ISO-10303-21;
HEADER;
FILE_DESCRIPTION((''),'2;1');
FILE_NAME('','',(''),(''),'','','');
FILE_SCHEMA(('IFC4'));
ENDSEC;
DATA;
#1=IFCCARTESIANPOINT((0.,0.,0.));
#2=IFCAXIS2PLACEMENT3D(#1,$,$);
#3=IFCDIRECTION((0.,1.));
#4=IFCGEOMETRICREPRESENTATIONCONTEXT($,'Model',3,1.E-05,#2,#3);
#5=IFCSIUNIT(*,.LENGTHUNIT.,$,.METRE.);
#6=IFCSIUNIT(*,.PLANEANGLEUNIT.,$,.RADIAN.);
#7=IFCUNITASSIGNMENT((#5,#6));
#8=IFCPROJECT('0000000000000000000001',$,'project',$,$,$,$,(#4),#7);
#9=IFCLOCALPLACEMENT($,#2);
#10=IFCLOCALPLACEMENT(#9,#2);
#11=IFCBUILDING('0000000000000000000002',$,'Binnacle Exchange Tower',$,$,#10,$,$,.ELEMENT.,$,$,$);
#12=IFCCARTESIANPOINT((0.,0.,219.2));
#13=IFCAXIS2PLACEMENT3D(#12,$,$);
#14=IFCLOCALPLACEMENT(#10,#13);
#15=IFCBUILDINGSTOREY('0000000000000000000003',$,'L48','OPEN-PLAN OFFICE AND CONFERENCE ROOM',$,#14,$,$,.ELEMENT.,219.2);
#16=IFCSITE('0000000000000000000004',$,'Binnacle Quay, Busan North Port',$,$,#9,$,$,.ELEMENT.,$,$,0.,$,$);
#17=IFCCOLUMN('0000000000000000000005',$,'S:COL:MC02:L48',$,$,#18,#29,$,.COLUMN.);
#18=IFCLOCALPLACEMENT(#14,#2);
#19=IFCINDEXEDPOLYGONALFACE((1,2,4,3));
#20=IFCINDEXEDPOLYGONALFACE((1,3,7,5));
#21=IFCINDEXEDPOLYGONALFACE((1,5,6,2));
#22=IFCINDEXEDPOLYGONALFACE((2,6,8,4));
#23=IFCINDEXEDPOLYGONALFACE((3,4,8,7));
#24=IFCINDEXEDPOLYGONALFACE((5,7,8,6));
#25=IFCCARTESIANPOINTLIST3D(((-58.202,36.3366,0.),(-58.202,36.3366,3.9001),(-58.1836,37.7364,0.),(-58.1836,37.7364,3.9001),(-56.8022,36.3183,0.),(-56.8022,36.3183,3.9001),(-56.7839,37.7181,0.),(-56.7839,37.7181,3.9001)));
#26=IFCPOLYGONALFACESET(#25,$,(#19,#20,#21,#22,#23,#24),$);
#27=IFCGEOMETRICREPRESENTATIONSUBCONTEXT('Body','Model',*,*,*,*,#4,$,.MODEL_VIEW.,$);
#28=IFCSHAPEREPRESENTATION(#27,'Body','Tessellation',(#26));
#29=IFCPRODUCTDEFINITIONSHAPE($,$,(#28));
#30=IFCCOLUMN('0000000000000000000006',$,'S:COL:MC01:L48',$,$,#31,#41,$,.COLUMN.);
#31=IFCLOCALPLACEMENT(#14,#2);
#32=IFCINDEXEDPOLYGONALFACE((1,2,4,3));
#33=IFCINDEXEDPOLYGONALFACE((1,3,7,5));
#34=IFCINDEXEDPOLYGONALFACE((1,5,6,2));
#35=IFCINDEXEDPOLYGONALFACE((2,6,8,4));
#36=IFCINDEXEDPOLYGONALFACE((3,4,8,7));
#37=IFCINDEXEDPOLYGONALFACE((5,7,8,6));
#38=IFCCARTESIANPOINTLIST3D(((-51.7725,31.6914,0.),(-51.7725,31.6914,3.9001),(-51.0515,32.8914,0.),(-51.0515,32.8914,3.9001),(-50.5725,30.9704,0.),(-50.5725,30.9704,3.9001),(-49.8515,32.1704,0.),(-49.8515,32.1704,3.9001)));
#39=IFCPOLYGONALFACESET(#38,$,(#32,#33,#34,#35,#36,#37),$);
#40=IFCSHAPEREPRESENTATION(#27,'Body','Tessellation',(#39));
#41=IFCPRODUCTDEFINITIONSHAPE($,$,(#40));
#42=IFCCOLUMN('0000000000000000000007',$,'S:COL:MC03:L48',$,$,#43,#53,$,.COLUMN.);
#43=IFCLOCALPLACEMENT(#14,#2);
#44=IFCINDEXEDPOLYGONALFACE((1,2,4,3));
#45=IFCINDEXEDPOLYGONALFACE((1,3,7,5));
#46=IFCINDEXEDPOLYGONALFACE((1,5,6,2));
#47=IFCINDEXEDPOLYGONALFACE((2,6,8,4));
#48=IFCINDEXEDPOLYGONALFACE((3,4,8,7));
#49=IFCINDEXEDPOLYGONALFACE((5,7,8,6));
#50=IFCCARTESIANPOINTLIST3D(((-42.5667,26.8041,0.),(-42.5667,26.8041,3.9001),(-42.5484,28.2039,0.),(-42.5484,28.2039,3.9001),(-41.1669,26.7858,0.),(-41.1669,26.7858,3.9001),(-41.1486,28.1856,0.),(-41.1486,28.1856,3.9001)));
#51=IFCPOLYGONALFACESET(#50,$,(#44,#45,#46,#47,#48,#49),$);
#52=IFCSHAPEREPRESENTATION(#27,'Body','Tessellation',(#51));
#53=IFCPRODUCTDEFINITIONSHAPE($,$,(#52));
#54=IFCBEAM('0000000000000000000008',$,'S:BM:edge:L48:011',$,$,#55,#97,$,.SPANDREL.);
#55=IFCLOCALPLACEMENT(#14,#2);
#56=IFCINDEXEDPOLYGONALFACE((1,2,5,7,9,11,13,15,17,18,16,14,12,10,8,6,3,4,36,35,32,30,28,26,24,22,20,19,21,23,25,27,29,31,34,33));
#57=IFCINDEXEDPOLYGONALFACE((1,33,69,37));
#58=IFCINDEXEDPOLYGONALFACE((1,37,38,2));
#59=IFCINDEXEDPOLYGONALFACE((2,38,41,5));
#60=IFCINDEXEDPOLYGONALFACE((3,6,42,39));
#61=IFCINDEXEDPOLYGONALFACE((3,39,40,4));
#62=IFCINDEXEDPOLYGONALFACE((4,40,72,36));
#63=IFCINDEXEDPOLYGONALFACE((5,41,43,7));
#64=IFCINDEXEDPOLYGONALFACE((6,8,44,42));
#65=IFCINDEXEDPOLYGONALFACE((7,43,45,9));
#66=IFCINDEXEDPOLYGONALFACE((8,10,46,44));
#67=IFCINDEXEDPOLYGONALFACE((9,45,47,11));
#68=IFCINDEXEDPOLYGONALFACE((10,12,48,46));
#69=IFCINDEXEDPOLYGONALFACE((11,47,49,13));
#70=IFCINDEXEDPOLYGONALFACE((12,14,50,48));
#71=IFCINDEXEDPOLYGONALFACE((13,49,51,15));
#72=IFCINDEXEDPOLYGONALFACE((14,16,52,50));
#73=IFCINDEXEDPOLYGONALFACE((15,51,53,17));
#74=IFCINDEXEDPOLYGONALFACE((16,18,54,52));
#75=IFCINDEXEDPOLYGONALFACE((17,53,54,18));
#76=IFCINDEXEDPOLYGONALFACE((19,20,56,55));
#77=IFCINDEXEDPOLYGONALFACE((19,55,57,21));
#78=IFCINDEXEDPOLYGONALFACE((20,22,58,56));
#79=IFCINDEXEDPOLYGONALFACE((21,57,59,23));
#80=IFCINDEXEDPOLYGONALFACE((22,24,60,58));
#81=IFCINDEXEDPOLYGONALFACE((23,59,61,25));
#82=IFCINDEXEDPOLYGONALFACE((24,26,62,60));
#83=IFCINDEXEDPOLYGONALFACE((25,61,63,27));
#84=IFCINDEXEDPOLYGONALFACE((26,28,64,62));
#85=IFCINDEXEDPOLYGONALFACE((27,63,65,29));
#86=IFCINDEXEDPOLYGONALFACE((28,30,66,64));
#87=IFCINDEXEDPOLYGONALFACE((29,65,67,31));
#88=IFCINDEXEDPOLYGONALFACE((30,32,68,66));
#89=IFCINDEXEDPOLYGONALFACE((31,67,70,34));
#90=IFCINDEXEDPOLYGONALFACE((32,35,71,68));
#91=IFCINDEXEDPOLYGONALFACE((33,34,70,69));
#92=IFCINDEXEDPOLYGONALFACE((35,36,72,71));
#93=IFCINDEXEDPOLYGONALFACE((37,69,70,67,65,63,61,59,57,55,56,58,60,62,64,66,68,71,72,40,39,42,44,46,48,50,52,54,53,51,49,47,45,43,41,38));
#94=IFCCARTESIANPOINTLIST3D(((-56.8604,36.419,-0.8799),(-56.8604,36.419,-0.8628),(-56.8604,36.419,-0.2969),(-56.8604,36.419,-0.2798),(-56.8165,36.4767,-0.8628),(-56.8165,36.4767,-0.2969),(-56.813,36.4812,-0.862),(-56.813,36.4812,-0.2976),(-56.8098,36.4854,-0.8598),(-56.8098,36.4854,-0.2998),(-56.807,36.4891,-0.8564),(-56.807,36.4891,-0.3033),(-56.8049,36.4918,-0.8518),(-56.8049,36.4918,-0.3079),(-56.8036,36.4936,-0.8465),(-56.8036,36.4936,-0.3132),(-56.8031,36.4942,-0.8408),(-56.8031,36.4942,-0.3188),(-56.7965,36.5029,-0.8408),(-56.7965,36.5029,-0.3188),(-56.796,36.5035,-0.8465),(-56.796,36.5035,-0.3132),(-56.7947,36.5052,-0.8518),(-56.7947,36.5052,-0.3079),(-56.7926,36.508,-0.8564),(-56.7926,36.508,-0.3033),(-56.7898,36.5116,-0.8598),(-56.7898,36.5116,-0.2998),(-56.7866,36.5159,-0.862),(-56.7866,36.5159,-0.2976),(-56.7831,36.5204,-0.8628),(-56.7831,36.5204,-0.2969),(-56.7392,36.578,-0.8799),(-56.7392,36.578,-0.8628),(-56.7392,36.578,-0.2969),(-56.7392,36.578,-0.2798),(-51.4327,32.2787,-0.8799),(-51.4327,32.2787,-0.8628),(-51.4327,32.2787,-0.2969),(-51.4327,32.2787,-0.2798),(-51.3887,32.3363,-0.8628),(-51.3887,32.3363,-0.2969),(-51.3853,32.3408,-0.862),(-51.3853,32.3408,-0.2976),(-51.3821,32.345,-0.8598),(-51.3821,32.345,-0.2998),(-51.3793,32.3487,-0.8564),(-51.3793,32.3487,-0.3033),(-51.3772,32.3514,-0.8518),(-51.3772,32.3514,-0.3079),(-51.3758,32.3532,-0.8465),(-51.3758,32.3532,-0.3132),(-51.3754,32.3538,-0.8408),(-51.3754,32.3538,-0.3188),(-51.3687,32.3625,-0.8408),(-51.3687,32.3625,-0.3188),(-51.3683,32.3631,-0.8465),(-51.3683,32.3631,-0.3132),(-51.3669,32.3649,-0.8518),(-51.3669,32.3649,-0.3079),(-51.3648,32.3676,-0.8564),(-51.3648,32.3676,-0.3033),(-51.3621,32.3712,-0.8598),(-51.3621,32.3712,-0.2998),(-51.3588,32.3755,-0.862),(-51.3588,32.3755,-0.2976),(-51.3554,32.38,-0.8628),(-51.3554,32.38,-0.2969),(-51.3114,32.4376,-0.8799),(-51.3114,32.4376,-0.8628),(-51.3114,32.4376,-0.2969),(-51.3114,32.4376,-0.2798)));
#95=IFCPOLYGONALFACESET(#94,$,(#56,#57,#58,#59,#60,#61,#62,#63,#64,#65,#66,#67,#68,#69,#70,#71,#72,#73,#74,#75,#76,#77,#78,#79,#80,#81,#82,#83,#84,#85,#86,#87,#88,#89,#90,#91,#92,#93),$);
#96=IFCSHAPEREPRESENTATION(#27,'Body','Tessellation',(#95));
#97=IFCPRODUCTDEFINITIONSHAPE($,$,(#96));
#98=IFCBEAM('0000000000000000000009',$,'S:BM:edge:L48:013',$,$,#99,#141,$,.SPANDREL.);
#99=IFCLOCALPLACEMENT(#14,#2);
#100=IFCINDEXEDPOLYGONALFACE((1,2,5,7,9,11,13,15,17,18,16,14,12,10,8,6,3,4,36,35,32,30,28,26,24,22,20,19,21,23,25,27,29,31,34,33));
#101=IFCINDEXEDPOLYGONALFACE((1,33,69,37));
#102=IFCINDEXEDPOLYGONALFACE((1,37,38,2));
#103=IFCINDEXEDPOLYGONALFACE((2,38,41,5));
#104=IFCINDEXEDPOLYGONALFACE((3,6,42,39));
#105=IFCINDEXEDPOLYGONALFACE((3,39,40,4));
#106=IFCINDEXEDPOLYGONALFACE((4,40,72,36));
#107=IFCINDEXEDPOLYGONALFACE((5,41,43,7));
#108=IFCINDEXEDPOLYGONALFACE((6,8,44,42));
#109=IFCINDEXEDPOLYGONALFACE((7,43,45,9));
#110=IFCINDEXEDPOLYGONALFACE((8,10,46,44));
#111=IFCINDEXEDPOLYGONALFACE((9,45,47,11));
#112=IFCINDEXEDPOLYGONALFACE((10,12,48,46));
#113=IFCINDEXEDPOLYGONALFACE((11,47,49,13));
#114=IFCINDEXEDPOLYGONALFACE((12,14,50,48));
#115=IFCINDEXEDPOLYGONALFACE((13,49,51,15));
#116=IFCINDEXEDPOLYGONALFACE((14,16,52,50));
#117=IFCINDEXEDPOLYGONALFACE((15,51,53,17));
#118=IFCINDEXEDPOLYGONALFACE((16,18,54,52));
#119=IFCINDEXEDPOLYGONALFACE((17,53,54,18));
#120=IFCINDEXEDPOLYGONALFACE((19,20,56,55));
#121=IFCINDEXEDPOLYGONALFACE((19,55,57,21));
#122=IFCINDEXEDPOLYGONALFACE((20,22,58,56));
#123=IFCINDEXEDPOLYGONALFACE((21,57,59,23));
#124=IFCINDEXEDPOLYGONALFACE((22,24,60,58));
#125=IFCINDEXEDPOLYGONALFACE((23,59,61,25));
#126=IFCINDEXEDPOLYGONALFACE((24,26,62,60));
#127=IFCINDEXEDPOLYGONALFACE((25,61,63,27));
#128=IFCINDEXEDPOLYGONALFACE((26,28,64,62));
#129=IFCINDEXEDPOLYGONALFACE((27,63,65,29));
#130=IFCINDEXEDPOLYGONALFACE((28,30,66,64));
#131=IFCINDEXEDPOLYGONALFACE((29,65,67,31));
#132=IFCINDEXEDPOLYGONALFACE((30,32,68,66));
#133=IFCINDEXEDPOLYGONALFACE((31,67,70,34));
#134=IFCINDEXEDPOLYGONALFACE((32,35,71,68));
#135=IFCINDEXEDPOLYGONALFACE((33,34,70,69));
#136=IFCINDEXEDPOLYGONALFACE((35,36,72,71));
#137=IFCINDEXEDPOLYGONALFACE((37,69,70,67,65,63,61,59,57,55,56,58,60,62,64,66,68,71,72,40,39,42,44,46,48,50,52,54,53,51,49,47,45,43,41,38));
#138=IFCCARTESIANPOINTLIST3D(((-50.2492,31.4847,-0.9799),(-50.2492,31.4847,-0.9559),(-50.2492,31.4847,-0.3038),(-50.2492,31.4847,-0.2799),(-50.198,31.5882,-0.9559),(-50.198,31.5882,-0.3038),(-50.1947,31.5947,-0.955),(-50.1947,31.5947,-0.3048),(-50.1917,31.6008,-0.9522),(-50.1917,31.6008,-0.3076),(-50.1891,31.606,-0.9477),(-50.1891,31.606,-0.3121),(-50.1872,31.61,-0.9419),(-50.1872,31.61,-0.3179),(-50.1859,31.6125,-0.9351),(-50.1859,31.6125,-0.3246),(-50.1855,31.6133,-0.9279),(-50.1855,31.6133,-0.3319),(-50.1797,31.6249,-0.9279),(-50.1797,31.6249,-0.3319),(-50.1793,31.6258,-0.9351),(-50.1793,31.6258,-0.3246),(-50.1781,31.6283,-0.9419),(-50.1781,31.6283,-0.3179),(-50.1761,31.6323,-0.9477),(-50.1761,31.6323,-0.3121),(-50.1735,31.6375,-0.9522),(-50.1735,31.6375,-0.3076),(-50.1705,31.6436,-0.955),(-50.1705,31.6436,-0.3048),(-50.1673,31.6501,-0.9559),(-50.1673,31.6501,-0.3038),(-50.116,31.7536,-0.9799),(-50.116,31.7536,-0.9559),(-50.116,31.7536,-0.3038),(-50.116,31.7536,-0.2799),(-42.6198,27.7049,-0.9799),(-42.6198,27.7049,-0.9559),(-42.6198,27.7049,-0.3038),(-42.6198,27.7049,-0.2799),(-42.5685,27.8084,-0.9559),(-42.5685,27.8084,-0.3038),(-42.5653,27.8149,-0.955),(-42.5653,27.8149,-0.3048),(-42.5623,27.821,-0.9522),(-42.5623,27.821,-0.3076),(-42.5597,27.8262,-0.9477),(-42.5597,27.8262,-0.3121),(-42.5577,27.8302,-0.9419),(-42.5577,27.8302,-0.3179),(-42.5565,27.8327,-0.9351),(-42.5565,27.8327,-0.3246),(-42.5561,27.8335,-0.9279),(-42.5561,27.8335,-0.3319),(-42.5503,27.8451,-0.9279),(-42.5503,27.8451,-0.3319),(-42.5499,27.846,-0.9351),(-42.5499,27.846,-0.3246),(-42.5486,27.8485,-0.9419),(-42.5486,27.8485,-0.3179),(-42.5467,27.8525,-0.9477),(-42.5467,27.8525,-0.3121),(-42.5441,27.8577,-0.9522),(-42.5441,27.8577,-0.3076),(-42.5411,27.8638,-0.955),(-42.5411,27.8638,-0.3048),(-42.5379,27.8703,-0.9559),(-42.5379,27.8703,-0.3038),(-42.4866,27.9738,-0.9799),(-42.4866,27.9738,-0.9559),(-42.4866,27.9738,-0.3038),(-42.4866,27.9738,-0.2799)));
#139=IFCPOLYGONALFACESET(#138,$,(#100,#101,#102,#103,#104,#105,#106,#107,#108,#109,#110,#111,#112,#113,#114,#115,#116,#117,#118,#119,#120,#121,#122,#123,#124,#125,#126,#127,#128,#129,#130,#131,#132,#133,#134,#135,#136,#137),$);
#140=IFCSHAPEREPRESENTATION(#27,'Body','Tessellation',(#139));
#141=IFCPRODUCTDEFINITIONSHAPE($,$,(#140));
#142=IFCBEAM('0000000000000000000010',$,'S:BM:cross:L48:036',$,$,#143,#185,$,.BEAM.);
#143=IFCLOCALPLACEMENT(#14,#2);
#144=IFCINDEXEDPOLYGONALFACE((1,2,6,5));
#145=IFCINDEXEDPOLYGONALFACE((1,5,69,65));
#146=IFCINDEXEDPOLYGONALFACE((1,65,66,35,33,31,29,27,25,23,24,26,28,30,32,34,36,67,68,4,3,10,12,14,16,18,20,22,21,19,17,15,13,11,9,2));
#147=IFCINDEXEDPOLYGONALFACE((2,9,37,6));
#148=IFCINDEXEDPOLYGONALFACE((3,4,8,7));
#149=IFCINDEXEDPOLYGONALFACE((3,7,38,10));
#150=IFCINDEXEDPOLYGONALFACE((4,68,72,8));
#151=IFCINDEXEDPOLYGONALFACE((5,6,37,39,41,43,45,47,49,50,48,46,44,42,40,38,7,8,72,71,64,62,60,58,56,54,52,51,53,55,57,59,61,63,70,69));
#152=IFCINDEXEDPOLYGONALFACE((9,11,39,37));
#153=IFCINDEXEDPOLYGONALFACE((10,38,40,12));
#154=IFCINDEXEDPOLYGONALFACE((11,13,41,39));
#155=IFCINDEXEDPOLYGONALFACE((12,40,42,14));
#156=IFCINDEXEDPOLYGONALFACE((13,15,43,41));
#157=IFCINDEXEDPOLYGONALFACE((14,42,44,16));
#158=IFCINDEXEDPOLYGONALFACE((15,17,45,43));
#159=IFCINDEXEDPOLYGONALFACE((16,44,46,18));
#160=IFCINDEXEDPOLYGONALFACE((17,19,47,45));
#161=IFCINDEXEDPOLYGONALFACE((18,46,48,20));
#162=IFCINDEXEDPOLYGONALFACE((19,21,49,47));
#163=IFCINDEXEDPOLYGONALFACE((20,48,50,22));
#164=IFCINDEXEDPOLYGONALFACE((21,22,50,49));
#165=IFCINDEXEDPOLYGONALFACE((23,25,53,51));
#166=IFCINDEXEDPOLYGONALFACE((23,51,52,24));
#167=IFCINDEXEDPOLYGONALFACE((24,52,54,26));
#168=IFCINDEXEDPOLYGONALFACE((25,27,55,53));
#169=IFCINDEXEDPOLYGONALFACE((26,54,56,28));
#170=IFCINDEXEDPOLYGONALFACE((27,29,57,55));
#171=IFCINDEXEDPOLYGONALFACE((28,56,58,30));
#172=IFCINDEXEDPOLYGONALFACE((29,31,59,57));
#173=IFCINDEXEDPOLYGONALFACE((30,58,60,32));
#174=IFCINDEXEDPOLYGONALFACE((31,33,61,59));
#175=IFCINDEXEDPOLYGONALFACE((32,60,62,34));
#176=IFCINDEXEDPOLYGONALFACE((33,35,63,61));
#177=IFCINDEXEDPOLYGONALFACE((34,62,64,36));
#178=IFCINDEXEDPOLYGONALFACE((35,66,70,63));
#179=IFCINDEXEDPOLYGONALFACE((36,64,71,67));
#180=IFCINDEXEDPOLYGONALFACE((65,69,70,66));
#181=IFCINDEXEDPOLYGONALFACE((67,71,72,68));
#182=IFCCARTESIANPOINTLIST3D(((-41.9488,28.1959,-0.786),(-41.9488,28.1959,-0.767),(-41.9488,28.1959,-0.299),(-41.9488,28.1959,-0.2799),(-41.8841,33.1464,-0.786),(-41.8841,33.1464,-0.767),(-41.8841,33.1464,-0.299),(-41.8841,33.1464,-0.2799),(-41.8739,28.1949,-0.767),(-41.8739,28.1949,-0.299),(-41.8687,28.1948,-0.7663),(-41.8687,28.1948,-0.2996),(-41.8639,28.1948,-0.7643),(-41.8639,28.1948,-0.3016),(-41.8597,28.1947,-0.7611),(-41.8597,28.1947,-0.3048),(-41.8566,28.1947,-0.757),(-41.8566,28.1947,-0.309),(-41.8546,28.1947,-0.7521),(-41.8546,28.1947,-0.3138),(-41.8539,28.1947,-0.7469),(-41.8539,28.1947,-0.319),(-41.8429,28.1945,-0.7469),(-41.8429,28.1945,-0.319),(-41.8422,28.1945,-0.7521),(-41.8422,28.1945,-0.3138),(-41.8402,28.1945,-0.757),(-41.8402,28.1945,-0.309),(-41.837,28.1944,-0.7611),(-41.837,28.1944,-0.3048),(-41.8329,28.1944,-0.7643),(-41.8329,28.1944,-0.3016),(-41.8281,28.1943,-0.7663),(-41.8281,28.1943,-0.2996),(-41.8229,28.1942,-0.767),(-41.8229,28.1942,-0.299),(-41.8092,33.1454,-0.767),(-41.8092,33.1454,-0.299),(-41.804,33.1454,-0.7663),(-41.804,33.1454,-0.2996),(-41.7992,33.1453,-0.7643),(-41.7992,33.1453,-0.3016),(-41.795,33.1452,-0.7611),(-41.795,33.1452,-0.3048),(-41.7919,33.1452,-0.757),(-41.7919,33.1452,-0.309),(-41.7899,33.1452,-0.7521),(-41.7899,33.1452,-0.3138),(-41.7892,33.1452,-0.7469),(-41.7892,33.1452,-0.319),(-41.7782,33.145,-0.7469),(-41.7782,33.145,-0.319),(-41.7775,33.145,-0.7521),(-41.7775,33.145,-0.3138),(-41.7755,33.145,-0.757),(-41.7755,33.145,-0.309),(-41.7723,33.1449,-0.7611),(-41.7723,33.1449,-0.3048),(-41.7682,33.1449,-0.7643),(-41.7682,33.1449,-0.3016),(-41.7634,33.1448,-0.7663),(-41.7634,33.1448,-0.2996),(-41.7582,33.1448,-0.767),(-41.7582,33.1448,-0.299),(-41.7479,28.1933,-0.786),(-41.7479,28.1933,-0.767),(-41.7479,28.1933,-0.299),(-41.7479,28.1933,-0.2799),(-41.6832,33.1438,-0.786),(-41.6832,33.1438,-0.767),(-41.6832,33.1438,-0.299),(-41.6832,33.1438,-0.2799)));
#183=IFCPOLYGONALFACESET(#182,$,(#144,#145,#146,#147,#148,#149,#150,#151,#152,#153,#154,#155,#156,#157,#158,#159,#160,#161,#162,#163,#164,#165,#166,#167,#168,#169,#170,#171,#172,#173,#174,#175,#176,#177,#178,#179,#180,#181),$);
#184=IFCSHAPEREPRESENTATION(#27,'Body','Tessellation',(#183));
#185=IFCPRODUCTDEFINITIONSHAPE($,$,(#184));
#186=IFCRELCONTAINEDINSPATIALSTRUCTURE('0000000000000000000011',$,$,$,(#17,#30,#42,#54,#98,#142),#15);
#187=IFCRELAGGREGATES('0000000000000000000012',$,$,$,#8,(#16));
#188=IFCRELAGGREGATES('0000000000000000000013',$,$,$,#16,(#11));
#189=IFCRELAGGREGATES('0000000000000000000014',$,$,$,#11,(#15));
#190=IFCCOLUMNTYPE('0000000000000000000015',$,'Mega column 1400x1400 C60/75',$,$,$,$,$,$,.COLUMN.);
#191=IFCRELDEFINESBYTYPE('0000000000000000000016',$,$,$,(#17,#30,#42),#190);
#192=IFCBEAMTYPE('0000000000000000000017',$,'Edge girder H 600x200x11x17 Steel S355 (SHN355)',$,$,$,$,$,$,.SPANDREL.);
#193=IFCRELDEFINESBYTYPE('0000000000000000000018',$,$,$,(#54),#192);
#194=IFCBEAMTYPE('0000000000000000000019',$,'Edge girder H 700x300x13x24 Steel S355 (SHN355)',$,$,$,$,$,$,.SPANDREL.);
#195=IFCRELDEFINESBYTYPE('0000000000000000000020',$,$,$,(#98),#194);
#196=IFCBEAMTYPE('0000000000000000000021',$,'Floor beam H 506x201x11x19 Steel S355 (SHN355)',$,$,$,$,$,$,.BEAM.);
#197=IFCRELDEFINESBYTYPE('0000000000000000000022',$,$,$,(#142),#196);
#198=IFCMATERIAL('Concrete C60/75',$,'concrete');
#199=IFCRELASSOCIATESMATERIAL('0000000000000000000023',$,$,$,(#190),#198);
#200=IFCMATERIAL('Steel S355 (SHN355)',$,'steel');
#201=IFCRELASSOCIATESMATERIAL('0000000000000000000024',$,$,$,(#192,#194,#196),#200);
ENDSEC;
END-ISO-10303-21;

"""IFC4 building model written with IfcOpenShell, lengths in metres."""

from ifc_helpers import new_model, si_unit, direction, frame, origin, origin_2d, place, context, subcontext, project, spatial, rectangle, i_section, extrude, material, material_profile, profile_set, type_object, element, save


model = new_model("IFC4")

# Units and contexts
model_context = context("Model", 3, precision=1e-05, world=origin(), true_north=direction((0.0, 1.0)))
body_context = subcontext(model_context, "Body", "Model", "MODEL_VIEW")
ifc_project = project(units=[si_unit("LENGTHUNIT", "METRE"), si_unit("PLANEANGLEUNIT", "RADIAN")], contexts=[model_context])

# Site, building, storey
site_placement = place(None, origin())
site = spatial("IfcSite", under=ifc_project, at=site_placement, Name="Binnacle Quay, Busan North Port", CompositionType="ELEMENT", RefElevation=0.0)
building_placement = place(site_placement, origin())
building = spatial("IfcBuilding", under=site, at=building_placement, Name="Binnacle Exchange Tower", CompositionType="ELEMENT")
storey_placement = place(building_placement, frame((0.0, 0.0, 219.2)))
storey = spatial("IfcBuildingStorey", under=building, at=storey_placement, Name="L48", Description="OPEN-PLAN OFFICE AND CONFERENCE ROOM", CompositionType="ELEMENT", Elevation=219.2)

# Columns
ifc_material_1 = material(Name="Concrete C60/75", Category="concrete")
ifc_material_profile_1 = material_profile(ifc_material_1, rectangle(XDim=1.3999, YDim=1.3999, at=origin_2d()), Name="Mega column 1400x1400 C60/75")
ifc_profile_set_1 = profile_set([ifc_material_profile_1], Name="Concrete C60/75")
column_type = type_object("IfcColumnType", Name="Mega column 1400x1400 C60/75", PredefinedType="COLUMN", material=ifc_profile_set_1)
for number, where, z_axis, x_axis, name in (
    (1, (-57.4929, 37.0273, 0.0), (0.0, 0.0, 1.0), (-0.01309, -0.999914, 0.0), "S:COL:MC02:L48"),
    (2, (-50.812, 31.9309, 0.0), (0.0, 0.0, 1.0), (0.857167, -0.515038, 0.0), "S:COL:MC01:L48"),
    (3, (-41.8577, 27.4949, 0.0), (0.0, 0.0, 1.0), (0.999914, -0.01309, 0.0), "S:COL:MC03:L48"),
):
    element("IfcColumn", number, at=place(storey_placement, frame(where, z_axis=z_axis, x_axis=x_axis)), inside=storey, type_object=column_type, Name=name, PredefinedType="COLUMN", context=body_context, shape_type="SweptSolid", body=[
        extrude(rectangle(XDim=1.3999, YDim=1.3999, at=origin_2d()), origin(), (0.0, 0.0, 1.0), 3.9001),
    ])

# Beams
ifc_material_2 = material(Name="Steel S355 (SHN355)", Category="steel")
ifc_material_profile_2 = material_profile(ifc_material_2, i_section(OverallWidth=0.2, OverallDepth=0.6001, WebThickness=0.011, FlangeThickness=0.0171, FilletRadius=0.022, at=origin_2d()), Name="H 600x200x11x17")
ifc_profile_set_2 = profile_set([ifc_material_profile_2], Name="Steel S355 (SHN355)")
beam_type_1 = type_object("IfcBeamType", Name="Edge girder H 600x200x11x17 Steel S355 (SHN355)", PredefinedType="SPANDREL", material=ifc_profile_set_2)
beam_1_placement = place(storey_placement, frame((-56.7998, 36.4985, -0.5798), z_axis=(0.795081, -0.606503, 0.0), x_axis=(0.606503, 0.795081, 0.0)))
element("IfcBeam", 4, at=beam_1_placement, inside=storey, type_object=beam_type_1, Name="S:BM:edge:L48:011", PredefinedType="SPANDREL", context=body_context, shape_type="SweptSolid", body=[
    extrude(i_section(OverallWidth=0.2, OverallDepth=0.6001, WebThickness=0.011, FlangeThickness=0.0171, FilletRadius=0.022, at=origin_2d()), origin(), (0.0, 0.0, 1.0), 6.8267),
])
ifc_material_profile_3 = material_profile(ifc_material_2, i_section(OverallWidth=0.3, OverallDepth=0.7, WebThickness=0.0129, FlangeThickness=0.0239, FilletRadius=0.0281, at=origin_2d()), Name="H 700x300x13x24")
ifc_profile_set_3 = profile_set([ifc_material_profile_3], Name="Steel S355 (SHN355)")
beam_type_2 = type_object("IfcBeamType", Name="Edge girder H 700x300x13x24 Steel S355 (SHN355)", PredefinedType="SPANDREL", material=ifc_profile_set_3)
beam_2_placement = place(storey_placement, frame((-50.1826, 31.6191, -0.6299), z_axis=(0.896061, -0.44393, 0.0), x_axis=(0.44393, 0.896061, 0.0)))
element("IfcBeam", 5, at=beam_2_placement, inside=storey, type_object=beam_type_2, Name="S:BM:edge:L48:013", PredefinedType="SPANDREL", context=body_context, shape_type="SweptSolid", body=[
    extrude(i_section(OverallWidth=0.3, OverallDepth=0.7, WebThickness=0.0129, FlangeThickness=0.0239, FilletRadius=0.0281, at=origin_2d()), origin(), (0.0, 0.0, 1.0), 8.5144),
])
ifc_material_profile_4 = material_profile(ifc_material_2, i_section(OverallWidth=0.2009, OverallDepth=0.5061, WebThickness=0.011, FlangeThickness=0.019, FilletRadius=0.02, at=origin_2d()), Name="H 506x201x11x19")
ifc_profile_set_4 = profile_set([ifc_material_profile_4], Name="Steel S355 (SHN355)")
beam_type_3 = type_object("IfcBeamType", Name="Floor beam H 506x201x11x19 Steel S355 (SHN355)", PredefinedType="BEAM", material=ifc_profile_set_4)
beam_3_placement = place(storey_placement, frame((-41.8484, 28.1946, -0.533), z_axis=(0.013068, 0.999915, 0.0), x_axis=(-0.999915, 0.013068, 0.0)))
element("IfcBeam", 6, at=beam_3_placement, inside=storey, type_object=beam_type_3, Name="S:BM:cross:L48:036", PredefinedType="BEAM", context=body_context, shape_type="SweptSolid", body=[
    extrude(i_section(OverallWidth=0.2009, OverallDepth=0.5061, WebThickness=0.011, FlangeThickness=0.019, FilletRadius=0.02, at=origin_2d()), origin(), (0.0, 0.0, 1.0), 4.9509),
])

save(model, "model.ifc")
